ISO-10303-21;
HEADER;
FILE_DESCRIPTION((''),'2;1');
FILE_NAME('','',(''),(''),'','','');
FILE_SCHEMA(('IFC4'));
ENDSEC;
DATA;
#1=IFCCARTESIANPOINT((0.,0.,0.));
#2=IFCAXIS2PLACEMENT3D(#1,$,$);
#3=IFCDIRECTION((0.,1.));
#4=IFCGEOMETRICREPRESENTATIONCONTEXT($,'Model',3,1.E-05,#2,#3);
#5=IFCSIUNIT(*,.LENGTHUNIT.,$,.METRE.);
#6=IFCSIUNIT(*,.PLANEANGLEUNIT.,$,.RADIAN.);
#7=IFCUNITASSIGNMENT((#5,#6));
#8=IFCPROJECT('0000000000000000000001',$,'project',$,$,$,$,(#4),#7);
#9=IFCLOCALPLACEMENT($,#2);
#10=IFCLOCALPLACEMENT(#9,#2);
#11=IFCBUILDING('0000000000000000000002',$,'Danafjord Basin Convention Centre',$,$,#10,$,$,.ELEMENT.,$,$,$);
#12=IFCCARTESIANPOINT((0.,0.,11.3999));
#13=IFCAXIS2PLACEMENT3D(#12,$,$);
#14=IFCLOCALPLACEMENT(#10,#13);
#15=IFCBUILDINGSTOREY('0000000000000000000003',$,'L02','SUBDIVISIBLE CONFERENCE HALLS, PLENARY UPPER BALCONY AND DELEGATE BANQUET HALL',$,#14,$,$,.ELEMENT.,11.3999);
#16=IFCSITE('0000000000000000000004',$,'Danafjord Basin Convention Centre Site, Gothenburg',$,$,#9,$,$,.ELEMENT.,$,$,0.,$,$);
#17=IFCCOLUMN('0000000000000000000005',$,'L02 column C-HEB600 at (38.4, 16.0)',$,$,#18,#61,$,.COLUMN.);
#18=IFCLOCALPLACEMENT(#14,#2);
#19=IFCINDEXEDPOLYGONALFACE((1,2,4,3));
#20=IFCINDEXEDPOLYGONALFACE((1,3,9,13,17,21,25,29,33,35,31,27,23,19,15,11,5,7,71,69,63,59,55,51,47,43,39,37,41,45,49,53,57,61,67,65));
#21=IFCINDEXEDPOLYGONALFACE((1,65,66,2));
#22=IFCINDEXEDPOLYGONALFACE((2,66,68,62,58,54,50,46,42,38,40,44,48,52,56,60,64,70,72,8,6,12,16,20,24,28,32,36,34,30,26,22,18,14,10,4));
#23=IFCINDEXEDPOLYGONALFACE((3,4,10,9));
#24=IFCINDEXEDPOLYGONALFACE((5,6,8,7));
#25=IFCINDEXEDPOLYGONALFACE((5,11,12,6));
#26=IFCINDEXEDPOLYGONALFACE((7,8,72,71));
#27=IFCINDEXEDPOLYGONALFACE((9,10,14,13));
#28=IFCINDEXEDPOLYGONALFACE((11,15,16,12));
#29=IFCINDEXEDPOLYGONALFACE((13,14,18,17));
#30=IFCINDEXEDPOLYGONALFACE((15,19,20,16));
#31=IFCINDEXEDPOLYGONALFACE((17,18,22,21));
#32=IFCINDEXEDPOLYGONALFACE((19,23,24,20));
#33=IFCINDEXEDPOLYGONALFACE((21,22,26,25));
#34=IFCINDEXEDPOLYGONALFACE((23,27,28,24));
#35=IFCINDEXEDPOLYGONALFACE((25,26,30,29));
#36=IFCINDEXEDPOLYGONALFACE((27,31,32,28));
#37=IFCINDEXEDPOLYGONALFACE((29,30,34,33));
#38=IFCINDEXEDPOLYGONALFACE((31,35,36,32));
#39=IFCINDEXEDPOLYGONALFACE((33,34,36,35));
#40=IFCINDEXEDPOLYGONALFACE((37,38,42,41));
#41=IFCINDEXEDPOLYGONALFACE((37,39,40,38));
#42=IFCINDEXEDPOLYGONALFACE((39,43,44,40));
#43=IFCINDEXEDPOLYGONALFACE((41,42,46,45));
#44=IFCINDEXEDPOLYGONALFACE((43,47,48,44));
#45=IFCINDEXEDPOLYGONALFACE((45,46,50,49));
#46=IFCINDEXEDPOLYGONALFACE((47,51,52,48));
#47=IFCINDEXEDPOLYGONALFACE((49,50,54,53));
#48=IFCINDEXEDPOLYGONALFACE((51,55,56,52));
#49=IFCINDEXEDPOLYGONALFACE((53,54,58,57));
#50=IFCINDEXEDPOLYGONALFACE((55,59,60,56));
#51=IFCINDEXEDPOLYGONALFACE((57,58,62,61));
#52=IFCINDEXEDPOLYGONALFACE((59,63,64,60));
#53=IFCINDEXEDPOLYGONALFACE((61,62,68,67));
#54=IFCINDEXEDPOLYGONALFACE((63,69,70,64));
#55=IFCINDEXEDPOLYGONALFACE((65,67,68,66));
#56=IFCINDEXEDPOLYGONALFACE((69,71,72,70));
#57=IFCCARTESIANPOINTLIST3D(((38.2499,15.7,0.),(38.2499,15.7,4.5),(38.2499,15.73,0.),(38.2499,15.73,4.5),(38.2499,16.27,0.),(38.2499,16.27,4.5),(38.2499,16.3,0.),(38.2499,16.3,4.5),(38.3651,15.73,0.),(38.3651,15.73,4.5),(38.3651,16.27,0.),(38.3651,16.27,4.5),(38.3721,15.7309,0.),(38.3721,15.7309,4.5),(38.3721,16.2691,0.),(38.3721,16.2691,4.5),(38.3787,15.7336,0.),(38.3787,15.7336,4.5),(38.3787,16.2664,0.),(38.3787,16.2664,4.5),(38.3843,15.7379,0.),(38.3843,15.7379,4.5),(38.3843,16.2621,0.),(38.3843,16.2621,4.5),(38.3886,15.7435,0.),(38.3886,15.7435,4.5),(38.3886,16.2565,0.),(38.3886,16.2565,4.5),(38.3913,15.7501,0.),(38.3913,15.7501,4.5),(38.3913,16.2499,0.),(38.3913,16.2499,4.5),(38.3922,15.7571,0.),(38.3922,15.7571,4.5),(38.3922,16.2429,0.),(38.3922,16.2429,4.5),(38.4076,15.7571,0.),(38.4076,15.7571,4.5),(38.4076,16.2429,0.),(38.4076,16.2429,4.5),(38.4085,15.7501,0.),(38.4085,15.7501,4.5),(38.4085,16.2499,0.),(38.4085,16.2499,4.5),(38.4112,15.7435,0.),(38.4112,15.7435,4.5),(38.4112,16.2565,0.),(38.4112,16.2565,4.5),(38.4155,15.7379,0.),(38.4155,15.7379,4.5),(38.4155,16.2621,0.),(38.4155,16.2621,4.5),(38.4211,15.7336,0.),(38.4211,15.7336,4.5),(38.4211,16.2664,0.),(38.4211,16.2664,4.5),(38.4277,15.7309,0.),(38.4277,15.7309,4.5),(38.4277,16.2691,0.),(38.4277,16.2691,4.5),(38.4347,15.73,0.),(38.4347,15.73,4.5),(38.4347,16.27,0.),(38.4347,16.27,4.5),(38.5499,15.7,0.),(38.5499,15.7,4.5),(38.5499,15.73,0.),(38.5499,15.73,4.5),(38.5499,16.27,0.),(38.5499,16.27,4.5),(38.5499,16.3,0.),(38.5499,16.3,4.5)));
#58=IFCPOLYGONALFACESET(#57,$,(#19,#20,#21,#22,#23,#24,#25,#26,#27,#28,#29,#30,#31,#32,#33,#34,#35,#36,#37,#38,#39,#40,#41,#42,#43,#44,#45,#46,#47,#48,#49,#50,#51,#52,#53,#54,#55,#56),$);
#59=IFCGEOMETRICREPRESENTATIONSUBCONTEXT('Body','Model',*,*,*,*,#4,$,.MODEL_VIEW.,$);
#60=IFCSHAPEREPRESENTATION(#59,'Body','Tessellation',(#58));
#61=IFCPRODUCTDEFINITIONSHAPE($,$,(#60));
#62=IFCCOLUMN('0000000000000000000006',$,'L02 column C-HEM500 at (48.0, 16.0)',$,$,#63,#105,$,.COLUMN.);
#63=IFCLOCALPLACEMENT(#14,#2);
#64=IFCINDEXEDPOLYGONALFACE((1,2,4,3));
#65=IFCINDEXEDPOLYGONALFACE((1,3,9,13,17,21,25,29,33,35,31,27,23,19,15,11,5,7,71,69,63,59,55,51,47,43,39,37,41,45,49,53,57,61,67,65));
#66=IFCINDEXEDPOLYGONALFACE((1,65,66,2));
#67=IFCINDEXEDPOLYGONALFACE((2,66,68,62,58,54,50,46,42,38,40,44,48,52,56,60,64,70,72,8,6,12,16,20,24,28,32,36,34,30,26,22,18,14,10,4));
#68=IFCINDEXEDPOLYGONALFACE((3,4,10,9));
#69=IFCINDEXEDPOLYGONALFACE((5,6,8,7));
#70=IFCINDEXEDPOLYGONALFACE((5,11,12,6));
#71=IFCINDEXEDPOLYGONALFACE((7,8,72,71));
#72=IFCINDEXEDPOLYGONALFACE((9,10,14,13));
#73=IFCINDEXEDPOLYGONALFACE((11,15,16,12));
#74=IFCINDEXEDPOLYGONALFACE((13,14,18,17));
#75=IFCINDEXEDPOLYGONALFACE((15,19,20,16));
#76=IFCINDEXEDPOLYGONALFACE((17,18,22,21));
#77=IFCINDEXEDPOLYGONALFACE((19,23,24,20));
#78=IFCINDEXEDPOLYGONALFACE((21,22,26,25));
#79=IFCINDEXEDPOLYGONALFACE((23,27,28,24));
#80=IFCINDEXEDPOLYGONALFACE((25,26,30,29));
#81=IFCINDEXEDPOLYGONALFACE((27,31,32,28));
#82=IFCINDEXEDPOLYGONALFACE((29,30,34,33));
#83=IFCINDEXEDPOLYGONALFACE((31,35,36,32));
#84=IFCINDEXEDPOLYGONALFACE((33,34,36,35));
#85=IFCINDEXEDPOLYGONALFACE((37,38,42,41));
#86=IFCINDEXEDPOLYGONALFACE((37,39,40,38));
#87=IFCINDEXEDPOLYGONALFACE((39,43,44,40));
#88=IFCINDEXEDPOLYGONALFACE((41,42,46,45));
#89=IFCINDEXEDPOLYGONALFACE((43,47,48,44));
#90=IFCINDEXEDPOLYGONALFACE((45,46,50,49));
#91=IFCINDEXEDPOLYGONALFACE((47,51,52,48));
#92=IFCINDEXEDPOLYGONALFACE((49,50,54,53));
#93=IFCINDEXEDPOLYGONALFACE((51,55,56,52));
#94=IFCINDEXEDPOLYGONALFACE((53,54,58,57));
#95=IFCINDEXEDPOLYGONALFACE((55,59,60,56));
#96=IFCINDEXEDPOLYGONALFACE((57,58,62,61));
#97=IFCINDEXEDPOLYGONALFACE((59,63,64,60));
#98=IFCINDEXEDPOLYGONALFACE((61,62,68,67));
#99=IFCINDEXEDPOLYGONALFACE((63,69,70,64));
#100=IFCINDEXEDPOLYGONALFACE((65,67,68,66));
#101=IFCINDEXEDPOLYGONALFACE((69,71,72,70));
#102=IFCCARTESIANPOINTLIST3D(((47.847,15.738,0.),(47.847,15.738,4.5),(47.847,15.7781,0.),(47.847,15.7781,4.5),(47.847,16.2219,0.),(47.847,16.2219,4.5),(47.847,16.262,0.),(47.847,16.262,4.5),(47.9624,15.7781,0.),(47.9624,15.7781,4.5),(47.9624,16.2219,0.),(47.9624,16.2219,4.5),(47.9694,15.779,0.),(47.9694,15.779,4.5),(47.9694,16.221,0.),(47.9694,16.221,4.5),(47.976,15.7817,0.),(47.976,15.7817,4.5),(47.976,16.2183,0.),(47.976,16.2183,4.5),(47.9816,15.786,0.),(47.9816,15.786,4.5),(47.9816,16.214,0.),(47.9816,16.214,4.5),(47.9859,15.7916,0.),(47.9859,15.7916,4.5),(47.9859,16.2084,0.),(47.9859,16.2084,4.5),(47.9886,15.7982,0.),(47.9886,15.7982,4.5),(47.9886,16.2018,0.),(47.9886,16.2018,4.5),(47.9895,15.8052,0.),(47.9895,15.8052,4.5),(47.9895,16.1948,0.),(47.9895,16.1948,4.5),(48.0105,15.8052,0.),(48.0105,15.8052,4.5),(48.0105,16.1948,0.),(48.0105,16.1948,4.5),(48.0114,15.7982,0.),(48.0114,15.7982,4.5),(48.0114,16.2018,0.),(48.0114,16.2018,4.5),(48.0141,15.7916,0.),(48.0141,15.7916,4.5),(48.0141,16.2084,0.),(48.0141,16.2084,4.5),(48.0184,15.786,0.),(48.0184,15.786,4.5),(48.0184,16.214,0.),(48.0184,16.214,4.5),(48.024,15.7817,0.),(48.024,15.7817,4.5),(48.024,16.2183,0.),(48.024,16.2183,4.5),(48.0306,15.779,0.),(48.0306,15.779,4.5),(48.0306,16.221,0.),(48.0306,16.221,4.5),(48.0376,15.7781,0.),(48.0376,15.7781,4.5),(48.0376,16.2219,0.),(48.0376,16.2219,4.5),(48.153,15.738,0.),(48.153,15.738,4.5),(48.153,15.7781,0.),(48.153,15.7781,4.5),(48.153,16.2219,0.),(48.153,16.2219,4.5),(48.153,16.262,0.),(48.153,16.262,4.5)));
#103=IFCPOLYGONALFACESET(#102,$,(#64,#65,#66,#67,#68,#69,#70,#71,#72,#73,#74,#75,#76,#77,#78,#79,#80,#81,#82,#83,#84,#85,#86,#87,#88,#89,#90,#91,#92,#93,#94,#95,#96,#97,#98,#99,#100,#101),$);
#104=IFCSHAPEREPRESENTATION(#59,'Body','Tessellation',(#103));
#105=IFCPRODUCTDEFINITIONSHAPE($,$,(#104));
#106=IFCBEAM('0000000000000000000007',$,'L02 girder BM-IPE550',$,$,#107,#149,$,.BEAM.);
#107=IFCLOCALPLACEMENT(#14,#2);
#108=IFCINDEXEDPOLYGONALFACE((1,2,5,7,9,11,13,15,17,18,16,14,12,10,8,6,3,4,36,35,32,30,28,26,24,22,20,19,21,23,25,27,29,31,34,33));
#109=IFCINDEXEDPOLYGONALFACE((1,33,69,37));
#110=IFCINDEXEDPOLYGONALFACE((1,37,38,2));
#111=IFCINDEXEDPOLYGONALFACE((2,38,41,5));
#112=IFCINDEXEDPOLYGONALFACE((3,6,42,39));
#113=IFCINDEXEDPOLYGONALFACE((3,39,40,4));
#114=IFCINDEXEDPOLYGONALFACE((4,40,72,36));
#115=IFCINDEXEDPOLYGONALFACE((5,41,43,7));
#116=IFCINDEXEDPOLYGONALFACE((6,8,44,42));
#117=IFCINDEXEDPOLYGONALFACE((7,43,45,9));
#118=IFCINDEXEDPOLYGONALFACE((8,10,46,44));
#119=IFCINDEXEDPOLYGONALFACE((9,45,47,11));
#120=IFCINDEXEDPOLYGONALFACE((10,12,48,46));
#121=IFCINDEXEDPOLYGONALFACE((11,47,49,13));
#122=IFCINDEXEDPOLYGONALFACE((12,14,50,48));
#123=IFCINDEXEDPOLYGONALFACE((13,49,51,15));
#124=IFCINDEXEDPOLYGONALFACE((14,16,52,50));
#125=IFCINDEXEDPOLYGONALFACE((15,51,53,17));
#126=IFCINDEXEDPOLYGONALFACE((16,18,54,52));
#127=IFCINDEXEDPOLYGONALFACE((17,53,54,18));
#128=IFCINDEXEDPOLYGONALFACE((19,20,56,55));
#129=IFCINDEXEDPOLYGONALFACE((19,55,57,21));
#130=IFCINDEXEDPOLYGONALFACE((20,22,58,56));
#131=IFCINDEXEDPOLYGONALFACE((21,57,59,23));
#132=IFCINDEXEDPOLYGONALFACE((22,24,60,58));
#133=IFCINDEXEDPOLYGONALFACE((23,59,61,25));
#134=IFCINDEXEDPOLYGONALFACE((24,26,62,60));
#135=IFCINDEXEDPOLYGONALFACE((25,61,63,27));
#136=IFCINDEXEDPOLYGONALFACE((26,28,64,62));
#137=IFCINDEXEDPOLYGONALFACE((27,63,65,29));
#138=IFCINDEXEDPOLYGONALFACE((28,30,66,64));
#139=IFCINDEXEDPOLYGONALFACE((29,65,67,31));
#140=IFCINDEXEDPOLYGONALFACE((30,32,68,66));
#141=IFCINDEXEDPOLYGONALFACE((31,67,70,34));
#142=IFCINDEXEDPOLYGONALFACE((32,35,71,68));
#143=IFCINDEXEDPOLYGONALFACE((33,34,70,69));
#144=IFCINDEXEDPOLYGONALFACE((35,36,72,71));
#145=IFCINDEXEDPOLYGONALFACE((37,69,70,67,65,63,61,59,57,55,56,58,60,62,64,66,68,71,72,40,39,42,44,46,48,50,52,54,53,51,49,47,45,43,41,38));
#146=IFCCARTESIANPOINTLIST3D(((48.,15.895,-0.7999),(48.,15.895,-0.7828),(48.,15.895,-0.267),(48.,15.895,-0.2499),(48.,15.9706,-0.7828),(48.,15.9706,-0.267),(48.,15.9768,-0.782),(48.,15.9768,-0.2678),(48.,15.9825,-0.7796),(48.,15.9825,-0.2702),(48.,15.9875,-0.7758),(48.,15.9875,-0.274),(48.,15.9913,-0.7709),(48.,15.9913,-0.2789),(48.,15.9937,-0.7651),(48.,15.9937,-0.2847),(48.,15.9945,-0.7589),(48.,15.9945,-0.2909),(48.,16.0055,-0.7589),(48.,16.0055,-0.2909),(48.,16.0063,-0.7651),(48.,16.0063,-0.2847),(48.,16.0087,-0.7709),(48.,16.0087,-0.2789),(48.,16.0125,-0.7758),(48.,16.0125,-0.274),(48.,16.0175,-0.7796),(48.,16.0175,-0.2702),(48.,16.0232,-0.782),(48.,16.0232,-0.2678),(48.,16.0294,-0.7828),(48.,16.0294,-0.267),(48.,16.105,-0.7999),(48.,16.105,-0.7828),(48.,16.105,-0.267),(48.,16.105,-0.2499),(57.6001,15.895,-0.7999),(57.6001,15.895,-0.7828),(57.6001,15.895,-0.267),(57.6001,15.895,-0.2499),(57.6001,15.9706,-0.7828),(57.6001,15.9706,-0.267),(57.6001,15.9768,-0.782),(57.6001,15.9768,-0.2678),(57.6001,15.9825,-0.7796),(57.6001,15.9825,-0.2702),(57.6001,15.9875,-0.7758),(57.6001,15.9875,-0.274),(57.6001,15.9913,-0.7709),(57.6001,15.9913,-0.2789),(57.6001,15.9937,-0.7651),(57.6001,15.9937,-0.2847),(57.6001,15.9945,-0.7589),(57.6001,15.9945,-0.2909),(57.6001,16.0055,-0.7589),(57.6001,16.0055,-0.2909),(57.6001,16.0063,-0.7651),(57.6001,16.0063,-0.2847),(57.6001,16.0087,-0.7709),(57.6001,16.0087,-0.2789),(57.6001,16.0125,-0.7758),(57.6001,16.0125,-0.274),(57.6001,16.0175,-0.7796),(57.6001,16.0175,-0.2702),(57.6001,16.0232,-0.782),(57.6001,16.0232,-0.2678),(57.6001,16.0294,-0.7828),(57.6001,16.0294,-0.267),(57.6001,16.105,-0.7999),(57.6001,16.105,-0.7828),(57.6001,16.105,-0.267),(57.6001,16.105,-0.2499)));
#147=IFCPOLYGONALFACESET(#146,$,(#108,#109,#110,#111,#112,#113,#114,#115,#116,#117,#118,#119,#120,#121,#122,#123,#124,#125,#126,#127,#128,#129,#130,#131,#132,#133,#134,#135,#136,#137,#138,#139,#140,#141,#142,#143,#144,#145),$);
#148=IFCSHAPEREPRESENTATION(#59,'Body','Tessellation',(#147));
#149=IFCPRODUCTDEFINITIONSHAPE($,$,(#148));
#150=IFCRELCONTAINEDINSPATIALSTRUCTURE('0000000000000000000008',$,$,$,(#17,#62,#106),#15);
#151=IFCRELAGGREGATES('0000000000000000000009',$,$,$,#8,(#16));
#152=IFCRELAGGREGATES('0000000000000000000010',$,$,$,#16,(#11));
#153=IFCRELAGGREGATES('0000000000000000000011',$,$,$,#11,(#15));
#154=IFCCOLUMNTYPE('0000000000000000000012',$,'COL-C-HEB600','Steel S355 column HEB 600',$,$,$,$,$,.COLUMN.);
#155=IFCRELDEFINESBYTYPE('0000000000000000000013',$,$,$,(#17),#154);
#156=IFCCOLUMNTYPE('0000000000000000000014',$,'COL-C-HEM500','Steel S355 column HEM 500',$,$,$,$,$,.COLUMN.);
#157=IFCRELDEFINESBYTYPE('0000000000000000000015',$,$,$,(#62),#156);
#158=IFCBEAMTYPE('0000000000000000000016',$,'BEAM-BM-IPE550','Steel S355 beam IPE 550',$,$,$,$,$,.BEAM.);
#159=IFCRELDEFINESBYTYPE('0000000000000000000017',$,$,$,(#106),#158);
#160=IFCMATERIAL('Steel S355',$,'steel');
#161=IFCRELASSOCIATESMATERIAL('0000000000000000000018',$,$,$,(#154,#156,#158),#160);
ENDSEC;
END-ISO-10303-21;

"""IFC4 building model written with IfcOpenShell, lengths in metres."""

from ifc_helpers import new_model, si_unit, direction, frame, origin, origin_2d, place, context, subcontext, project, spatial, i_section, extrude, material, material_profile, profile_set, type_object, element, save


model = new_model("IFC4")

# Units and contexts
model_context = context("Model", 3, precision=1e-05, world=origin(), true_north=direction((0.0, 1.0)))
body_context = subcontext(model_context, "Body", "Model", "MODEL_VIEW")
ifc_project = project(units=[si_unit("LENGTHUNIT", "METRE"), si_unit("PLANEANGLEUNIT", "RADIAN")], contexts=[model_context])

# Site, building, storey
site_placement = place(None, origin())
site = spatial("IfcSite", under=ifc_project, at=site_placement, Name="Danafjord Basin Convention Centre Site, Gothenburg", CompositionType="ELEMENT", RefElevation=0.0)
building_placement = place(site_placement, origin())
building = spatial("IfcBuilding", under=site, at=building_placement, Name="Danafjord Basin Convention Centre", CompositionType="ELEMENT")
storey_placement = place(building_placement, frame((0.0, 0.0, 11.3999)))
storey = spatial("IfcBuildingStorey", under=building, at=storey_placement, Name="L02", Description="SUBDIVISIBLE CONFERENCE HALLS, PLENARY UPPER BALCONY AND DELEGATE BANQUET HALL", CompositionType="ELEMENT", Elevation=11.3999)

# Columns
ifc_material_1 = material(Name="Steel S355", Category="steel")
ifc_material_profile_1 = material_profile(ifc_material_1, i_section(OverallWidth=0.3, OverallDepth=0.6001, WebThickness=0.0154, FlangeThickness=0.03, FilletRadius=0.0271, at=origin_2d()), Name="HEB 600")
ifc_profile_set_1 = profile_set([ifc_material_profile_1], Name="Steel S355")
column_type_1 = type_object("IfcColumnType", Name="COL-C-HEB600", Description="Steel S355 column HEB 600", PredefinedType="COLUMN", material=ifc_profile_set_1)
column_1_placement = place(storey_placement, frame((38.3999, 16.0, 0.0), z_axis=(0.0, 0.0, 1.0), x_axis=(1.0, 0.0, 0.0)))
element("IfcColumn", 1, at=column_1_placement, inside=storey, type_object=column_type_1, Name="L02 column C-HEB600 at (38.4, 16.0)", PredefinedType="COLUMN", context=body_context, shape_type="SweptSolid", body=[
    extrude(i_section(OverallWidth=0.3, OverallDepth=0.6001, WebThickness=0.0154, FlangeThickness=0.03, FilletRadius=0.0271, at=origin_2d()), origin(), (0.0, 0.0, 1.0), 4.5),
])
ifc_material_profile_2 = material_profile(ifc_material_1, i_section(OverallWidth=0.3059, OverallDepth=0.5239, WebThickness=0.021, FlangeThickness=0.04, FilletRadius=0.0271, at=origin_2d()), Name="HEM 500")
ifc_profile_set_2 = profile_set([ifc_material_profile_2], Name="Steel S355")
column_type_2 = type_object("IfcColumnType", Name="COL-C-HEM500", Description="Steel S355 column HEM 500", PredefinedType="COLUMN", material=ifc_profile_set_2)
column_2_placement = place(storey_placement, frame((48.0, 16.0, 0.0), z_axis=(0.0, 0.0, 1.0), x_axis=(1.0, 0.0, 0.0)))
element("IfcColumn", 2, at=column_2_placement, inside=storey, type_object=column_type_2, Name="L02 column C-HEM500 at (48.0, 16.0)", PredefinedType="COLUMN", context=body_context, shape_type="SweptSolid", body=[
    extrude(i_section(OverallWidth=0.3059, OverallDepth=0.5239, WebThickness=0.021, FlangeThickness=0.04, FilletRadius=0.0271, at=origin_2d()), origin(), (0.0, 0.0, 1.0), 4.5),
])

# Beam
ifc_material_profile_3 = material_profile(ifc_material_1, i_section(OverallWidth=0.21, OverallDepth=0.55, WebThickness=0.011, FlangeThickness=0.0171, FilletRadius=0.0239, at=origin_2d()), Name="IPE 550")
ifc_profile_set_3 = profile_set([ifc_material_profile_3], Name="Steel S355")
beam_type_1 = type_object("IfcBeamType", Name="BEAM-BM-IPE550", Description="Steel S355 beam IPE 550", PredefinedType="BEAM", material=ifc_profile_set_3)
beam_1_placement = place(storey_placement, frame((48.0, 16.0, -0.5249), z_axis=(1.0, 0.0, 0.0), x_axis=(0.0, 1.0, 0.0)))
element("IfcBeam", 3, at=beam_1_placement, inside=storey, type_object=beam_type_1, Name="L02 girder BM-IPE550", PredefinedType="BEAM", context=body_context, shape_type="SweptSolid", body=[
    extrude(i_section(OverallWidth=0.21, OverallDepth=0.55, WebThickness=0.011, FlangeThickness=0.0171, FilletRadius=0.0239, at=origin_2d()), origin(), (0.0, 0.0, 1.0), 9.6001),
])

save(model, "model.ifc")
